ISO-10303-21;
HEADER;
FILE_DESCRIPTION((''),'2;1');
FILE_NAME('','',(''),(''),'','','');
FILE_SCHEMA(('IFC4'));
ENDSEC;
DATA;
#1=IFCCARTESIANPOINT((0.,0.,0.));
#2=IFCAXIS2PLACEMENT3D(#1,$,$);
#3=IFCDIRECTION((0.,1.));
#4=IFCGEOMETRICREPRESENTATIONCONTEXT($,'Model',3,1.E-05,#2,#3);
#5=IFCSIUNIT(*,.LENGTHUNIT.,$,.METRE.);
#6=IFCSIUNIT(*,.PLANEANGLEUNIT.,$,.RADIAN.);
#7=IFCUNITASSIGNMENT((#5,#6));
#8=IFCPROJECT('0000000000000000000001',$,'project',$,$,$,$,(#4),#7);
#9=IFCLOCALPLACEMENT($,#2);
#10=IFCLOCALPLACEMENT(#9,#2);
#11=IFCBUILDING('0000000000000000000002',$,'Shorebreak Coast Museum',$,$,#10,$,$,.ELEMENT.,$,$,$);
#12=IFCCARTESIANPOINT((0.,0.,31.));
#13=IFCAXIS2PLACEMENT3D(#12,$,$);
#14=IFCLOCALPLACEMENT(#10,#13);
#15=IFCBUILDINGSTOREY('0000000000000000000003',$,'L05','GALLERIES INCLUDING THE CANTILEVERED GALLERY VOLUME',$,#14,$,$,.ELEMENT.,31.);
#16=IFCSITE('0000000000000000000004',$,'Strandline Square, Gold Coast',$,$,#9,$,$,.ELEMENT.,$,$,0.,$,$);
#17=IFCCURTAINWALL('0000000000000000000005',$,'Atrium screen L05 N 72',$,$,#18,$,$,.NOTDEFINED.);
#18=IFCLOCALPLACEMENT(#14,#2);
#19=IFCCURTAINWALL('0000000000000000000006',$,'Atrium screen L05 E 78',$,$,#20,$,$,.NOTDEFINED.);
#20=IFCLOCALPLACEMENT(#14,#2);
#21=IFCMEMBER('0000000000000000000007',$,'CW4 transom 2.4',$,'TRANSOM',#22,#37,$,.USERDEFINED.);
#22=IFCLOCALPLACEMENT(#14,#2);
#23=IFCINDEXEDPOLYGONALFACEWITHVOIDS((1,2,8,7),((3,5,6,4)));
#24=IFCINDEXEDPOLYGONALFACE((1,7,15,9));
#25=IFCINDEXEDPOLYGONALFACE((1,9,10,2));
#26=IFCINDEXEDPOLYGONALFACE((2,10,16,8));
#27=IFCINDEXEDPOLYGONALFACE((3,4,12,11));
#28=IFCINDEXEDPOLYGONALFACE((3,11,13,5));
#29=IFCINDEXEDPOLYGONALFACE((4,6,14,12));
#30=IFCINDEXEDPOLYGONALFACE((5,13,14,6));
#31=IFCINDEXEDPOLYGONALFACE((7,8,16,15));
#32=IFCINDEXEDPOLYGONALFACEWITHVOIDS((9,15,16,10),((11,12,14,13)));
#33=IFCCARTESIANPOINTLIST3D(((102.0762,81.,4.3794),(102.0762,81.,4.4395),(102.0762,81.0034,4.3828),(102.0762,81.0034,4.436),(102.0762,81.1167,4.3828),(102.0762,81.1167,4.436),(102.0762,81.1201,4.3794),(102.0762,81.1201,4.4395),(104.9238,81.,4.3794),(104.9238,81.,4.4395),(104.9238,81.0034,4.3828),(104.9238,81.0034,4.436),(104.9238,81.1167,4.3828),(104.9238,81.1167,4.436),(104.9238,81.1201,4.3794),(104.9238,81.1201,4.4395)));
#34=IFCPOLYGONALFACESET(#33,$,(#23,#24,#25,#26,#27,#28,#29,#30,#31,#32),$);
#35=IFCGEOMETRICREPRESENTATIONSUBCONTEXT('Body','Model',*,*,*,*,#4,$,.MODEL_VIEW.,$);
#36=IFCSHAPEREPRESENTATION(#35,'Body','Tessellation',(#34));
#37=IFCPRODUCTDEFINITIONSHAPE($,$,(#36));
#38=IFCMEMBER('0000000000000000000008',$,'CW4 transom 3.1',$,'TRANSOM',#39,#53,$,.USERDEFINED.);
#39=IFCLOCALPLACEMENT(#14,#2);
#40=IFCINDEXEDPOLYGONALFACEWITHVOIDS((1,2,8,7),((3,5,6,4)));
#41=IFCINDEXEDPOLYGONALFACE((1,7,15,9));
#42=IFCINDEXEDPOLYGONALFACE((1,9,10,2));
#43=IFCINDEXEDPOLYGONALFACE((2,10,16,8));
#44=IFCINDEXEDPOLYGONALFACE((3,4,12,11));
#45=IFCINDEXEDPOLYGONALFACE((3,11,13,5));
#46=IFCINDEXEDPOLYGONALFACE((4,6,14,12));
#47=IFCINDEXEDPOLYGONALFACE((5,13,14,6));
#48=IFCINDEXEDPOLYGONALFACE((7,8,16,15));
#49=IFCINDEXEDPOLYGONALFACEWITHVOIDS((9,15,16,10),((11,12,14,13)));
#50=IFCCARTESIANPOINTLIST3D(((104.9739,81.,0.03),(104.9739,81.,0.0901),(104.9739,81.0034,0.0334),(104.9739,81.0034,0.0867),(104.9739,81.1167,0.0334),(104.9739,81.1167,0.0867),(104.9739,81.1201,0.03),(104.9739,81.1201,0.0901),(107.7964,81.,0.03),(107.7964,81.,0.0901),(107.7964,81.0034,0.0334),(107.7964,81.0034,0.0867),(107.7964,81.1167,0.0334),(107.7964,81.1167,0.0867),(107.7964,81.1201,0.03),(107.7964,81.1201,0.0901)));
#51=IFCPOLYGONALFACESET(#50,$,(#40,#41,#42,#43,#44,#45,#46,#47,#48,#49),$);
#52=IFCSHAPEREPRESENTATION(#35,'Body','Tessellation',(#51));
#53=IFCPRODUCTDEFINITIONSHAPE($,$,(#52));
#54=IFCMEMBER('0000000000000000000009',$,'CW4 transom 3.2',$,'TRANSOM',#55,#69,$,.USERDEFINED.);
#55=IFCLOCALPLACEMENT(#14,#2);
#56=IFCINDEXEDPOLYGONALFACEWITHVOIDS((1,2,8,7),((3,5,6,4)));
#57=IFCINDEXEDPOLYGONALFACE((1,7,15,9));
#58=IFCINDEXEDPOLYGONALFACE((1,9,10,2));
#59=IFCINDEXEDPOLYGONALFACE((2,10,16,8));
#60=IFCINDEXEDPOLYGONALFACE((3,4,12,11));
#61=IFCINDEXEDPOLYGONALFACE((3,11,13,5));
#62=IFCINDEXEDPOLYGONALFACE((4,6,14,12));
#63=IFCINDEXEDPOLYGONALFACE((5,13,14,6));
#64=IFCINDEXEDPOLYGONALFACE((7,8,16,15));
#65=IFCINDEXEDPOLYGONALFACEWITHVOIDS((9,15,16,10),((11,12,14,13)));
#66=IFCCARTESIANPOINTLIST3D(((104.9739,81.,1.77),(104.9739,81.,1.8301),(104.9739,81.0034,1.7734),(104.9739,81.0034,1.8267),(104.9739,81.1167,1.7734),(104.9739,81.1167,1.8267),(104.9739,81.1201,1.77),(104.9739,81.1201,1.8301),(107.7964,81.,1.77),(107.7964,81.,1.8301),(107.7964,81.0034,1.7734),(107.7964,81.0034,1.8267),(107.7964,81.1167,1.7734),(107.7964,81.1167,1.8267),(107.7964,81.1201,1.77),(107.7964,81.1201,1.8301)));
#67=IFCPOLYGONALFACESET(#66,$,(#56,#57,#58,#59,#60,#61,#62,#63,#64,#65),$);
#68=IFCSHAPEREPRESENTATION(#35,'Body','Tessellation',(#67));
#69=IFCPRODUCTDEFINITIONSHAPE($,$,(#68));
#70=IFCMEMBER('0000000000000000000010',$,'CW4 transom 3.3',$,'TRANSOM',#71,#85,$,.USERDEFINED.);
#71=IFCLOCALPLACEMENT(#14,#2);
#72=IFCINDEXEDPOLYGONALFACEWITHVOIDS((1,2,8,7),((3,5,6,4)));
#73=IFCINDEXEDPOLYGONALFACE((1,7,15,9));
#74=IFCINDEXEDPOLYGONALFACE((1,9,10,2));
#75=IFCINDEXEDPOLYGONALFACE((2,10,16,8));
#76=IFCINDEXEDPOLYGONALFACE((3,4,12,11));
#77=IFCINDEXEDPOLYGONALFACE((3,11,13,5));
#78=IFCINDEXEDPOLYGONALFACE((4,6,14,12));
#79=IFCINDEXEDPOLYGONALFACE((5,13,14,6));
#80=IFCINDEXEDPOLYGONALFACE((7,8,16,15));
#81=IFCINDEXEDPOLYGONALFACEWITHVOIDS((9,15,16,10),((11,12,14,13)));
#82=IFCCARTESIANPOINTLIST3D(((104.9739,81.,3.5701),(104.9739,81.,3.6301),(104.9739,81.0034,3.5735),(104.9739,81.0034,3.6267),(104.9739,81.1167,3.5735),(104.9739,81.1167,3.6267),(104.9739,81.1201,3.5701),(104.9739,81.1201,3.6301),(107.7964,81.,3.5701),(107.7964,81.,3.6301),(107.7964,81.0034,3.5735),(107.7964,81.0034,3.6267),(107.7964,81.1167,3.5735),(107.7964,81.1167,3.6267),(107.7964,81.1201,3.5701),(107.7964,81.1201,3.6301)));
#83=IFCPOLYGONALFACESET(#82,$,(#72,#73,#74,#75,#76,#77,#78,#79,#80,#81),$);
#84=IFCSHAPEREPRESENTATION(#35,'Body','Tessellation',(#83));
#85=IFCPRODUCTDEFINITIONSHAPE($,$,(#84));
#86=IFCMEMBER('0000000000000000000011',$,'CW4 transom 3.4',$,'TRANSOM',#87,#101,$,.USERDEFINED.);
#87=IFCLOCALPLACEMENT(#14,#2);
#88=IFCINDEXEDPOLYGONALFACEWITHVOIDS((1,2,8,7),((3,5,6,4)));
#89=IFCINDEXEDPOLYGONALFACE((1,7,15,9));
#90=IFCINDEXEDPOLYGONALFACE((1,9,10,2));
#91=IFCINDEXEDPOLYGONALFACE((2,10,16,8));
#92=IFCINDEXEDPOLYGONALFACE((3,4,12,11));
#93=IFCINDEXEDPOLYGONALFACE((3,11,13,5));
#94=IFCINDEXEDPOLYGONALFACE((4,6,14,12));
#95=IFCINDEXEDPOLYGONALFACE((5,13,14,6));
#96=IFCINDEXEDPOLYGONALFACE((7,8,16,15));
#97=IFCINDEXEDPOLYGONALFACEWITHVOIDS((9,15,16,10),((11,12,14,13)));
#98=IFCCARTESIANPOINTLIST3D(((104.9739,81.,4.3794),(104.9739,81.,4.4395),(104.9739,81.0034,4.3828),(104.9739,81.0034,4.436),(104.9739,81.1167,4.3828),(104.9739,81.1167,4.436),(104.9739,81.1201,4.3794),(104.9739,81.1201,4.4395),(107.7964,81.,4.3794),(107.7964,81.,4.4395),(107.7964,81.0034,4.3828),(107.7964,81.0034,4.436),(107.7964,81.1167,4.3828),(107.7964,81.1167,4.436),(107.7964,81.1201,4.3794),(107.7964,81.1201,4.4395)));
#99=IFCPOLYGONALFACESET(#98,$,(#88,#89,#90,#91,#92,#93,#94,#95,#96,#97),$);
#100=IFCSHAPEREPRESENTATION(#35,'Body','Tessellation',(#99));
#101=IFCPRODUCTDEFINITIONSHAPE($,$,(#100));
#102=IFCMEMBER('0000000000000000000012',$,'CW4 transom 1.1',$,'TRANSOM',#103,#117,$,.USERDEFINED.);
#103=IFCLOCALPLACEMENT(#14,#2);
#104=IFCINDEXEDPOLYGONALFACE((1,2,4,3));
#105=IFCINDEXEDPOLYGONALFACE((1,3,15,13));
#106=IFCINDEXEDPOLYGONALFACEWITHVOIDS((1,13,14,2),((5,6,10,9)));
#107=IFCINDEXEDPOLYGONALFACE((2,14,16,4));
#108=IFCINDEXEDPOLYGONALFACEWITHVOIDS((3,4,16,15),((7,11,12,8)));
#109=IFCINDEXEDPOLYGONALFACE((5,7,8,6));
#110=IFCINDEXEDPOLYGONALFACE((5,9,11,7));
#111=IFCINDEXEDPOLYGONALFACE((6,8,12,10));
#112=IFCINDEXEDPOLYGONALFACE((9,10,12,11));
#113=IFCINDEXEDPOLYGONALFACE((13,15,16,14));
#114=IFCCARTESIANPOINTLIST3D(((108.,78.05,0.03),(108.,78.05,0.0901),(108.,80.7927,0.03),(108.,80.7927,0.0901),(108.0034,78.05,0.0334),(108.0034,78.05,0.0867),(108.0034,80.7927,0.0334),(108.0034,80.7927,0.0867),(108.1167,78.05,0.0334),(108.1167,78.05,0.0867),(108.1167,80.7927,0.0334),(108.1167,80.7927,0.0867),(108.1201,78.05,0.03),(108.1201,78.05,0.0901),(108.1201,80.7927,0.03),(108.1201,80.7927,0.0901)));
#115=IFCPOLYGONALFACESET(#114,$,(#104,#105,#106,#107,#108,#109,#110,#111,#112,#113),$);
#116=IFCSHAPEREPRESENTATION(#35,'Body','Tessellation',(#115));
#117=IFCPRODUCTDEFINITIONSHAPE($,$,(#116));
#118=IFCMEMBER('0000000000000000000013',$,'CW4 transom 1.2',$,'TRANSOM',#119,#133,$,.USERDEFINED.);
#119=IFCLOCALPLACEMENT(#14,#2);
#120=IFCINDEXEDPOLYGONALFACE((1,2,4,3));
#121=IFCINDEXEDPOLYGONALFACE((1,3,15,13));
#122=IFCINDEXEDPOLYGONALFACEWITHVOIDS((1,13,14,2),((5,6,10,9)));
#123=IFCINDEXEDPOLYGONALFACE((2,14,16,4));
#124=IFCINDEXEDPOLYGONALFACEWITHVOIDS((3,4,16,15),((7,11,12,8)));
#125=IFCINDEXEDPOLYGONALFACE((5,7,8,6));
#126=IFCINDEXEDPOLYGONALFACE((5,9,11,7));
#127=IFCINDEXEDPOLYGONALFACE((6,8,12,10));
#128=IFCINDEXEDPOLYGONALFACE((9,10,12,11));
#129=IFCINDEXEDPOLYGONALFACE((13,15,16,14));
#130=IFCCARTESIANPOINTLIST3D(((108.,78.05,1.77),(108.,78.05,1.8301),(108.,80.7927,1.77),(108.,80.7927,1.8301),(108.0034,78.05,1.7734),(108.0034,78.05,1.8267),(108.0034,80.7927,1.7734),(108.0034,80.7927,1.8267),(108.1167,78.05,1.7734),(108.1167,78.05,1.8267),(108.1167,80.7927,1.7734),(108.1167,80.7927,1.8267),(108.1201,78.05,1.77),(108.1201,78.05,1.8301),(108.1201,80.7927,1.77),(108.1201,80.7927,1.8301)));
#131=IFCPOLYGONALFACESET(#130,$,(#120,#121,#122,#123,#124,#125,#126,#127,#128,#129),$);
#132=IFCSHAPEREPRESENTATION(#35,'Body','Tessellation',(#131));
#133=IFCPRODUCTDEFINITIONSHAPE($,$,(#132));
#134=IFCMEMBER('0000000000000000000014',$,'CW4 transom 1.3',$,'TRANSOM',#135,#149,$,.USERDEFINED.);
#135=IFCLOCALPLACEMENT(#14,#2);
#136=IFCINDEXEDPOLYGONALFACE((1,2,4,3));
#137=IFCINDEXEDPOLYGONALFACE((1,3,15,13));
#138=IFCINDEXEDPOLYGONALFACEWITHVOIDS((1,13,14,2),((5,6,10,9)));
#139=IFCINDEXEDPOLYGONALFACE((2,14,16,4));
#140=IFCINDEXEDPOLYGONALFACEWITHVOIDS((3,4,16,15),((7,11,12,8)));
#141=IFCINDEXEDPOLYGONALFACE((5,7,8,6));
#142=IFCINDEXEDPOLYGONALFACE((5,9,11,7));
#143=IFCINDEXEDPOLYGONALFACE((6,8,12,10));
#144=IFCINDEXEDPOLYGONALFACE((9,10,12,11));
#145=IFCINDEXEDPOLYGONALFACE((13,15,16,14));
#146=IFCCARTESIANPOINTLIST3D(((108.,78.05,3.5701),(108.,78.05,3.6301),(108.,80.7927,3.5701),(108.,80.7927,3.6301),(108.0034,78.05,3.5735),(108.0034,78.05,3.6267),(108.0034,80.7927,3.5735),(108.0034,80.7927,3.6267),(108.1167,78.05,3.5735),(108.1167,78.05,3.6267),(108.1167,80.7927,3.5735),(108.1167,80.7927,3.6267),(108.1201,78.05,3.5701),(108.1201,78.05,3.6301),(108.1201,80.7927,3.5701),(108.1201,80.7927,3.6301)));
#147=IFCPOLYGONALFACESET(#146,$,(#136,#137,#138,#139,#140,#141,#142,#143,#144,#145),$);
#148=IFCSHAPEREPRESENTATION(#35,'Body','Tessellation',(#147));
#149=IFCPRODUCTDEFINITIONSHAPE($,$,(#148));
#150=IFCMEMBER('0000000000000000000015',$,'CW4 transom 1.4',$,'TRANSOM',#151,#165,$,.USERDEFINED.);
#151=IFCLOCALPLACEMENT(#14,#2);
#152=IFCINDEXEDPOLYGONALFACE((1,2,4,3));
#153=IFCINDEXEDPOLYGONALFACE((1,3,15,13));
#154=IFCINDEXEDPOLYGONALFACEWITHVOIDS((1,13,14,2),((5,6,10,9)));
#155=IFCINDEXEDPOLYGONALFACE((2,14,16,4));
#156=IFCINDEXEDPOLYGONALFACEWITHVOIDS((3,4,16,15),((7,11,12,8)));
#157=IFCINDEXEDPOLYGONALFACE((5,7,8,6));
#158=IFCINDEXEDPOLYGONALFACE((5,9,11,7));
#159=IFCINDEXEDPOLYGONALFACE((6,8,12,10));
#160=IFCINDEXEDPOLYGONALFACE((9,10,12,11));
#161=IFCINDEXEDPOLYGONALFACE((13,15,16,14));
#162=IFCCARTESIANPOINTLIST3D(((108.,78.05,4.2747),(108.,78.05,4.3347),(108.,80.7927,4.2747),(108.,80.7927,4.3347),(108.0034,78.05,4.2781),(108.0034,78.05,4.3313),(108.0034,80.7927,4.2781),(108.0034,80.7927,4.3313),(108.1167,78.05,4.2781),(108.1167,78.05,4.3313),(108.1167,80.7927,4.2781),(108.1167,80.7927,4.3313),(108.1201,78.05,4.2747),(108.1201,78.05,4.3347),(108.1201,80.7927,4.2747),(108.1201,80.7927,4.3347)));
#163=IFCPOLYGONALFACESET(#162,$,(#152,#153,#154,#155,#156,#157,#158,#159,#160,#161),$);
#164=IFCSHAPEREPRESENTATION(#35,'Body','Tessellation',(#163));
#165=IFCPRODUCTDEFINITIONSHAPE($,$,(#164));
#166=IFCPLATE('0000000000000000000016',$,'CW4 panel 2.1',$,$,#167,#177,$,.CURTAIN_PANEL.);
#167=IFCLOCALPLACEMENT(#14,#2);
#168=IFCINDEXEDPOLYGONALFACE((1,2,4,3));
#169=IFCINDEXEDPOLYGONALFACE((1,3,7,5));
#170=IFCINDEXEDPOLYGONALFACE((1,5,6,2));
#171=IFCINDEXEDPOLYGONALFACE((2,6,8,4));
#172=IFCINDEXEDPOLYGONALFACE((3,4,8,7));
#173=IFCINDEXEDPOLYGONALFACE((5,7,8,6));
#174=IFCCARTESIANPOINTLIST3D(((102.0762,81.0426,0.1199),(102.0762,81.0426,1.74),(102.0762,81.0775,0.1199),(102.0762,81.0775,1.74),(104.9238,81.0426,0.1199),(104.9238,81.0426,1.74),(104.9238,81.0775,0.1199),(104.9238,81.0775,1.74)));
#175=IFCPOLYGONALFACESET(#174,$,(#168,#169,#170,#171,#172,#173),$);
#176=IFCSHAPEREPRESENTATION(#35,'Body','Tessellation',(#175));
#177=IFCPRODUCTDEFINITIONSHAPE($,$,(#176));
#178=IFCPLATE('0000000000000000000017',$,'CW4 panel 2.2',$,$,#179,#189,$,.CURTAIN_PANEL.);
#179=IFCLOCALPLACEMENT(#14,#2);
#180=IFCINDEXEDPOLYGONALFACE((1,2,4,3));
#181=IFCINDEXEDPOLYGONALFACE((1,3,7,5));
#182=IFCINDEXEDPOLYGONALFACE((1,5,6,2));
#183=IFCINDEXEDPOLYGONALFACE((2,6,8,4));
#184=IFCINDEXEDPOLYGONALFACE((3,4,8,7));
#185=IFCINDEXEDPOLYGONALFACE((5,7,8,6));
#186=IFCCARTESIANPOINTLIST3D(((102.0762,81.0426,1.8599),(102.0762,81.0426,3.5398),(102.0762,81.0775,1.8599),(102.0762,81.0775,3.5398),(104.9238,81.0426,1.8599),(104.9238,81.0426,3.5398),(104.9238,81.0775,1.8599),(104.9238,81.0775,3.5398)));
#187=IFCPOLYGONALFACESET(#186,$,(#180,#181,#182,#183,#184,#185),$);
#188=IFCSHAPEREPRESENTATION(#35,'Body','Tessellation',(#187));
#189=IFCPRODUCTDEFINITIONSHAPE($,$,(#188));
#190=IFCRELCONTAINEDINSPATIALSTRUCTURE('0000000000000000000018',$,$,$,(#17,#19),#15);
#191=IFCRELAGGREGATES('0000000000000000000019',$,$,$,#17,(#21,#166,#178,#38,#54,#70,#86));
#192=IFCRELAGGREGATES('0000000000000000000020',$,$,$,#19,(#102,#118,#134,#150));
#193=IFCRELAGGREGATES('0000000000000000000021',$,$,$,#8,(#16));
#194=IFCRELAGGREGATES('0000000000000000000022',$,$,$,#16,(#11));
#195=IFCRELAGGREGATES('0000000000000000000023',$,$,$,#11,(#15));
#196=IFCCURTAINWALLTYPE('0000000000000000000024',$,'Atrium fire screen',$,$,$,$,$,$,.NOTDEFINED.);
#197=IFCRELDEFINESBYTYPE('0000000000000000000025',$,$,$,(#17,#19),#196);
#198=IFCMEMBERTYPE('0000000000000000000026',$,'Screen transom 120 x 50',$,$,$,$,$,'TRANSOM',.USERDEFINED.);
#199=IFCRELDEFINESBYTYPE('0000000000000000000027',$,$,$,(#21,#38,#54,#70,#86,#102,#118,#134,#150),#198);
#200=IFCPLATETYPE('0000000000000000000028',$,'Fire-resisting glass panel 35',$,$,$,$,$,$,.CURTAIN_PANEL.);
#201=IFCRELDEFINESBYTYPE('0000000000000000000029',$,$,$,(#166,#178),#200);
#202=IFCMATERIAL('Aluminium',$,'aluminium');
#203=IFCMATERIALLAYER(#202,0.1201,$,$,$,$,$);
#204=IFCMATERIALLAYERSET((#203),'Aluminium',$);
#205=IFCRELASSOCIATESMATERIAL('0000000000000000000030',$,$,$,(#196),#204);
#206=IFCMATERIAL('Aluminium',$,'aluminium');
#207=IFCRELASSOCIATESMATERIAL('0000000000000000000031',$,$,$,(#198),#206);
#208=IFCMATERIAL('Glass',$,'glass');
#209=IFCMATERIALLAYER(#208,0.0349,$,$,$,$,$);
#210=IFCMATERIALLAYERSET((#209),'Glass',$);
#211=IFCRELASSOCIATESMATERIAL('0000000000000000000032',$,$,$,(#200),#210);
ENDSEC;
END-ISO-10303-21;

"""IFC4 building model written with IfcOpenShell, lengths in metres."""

from ifc_helpers import new_model, si_unit, direction, frame, origin, origin_2d, place, context, subcontext, project, spatial, rectangle, hollow_rectangle, extrude, material, layer, layer_set, material_profile, profile_set, type_object, element, aggregate, save


model = new_model("IFC4")

# Units and contexts
model_context = context("Model", 3, precision=1e-05, world=origin(), true_north=direction((0.0, 1.0)))
body_context = subcontext(model_context, "Body", "Model", "MODEL_VIEW")
ifc_project = project(units=[si_unit("LENGTHUNIT", "METRE"), si_unit("PLANEANGLEUNIT", "RADIAN")], contexts=[model_context])

# Site, building, storey
site_placement = place(None, origin())
site = spatial("IfcSite", under=ifc_project, at=site_placement, Name="Strandline Square, Gold Coast", CompositionType="ELEMENT", RefElevation=0.0)
building_placement = place(site_placement, origin())
building = spatial("IfcBuilding", under=site, at=building_placement, Name="Shorebreak Coast Museum", CompositionType="ELEMENT")
storey_placement = place(building_placement, frame((0.0, 0.0, 31.0)))
storey = spatial("IfcBuildingStorey", under=building, at=storey_placement, Name="L05", Description="GALLERIES INCLUDING THE CANTILEVERED GALLERY VOLUME", CompositionType="ELEMENT", Elevation=31.0)

# Curtain wall
ifc_material_1 = material(Name="Aluminium", Category="aluminium")
ifc_layer_1 = layer(ifc_material_1, 0.1201)
ifc_layer_set_1 = layer_set([ifc_layer_1], Name="Aluminium")
curtain_wall_type = type_object("IfcCurtainWallType", Name="Atrium fire screen", PredefinedType="NOTDEFINED", material=ifc_layer_set_1)
curtain_wall_1_placement = place(storey_placement, origin())
curtain_wall_1 = element("IfcCurtainWall", 1, at=curtain_wall_1_placement, inside=storey, type_object=curtain_wall_type, Name="Atrium screen L05 N 72", PredefinedType="NOTDEFINED")

# Curtain wall
curtain_wall_2_placement = place(storey_placement, origin())
curtain_wall_2 = element("IfcCurtainWall", 2, at=curtain_wall_2_placement, inside=storey, type_object=curtain_wall_type, Name="Atrium screen L05 E 78", PredefinedType="NOTDEFINED")

# Members
ifc_material_2 = material(Name="Aluminium", Category="aluminium")
ifc_material_profile_1 = material_profile(ifc_material_2, hollow_rectangle(XDim=0.1201, YDim=0.0601, WallThickness=0.0034, at=origin_2d()), Name="AL 60x120 RHS")
ifc_profile_set_1 = profile_set([ifc_material_profile_1], Name="Aluminium")
member_type_1 = type_object("IfcMemberType", Name="Screen transom 120 x 50", ElementType="TRANSOM", PredefinedType="USERDEFINED", material=ifc_profile_set_1)
member_1_placement = place(storey_placement, frame((102.0762, 81.0601, 4.4094), z_axis=(1.0, 0.0, 0.0), x_axis=(0.0, 1.0, 0.0)))
member_1 = element("IfcMember", 3, at=member_1_placement, type_object=member_type_1, Name="CW4 transom 2.4", ObjectType="TRANSOM", PredefinedType="USERDEFINED", context=body_context, shape_type="SweptSolid", body=[
    extrude(hollow_rectangle(XDim=0.1201, YDim=0.0601, WallThickness=0.0034, at=origin_2d()), origin(), (0.0, 0.0, 1.0), 2.8477),
])
member_2_placement = place(storey_placement, frame((104.9739, 81.0601, 0.0601), z_axis=(1.0, 0.0, 0.0), x_axis=(0.0, 1.0, 0.0)))
member_2 = element("IfcMember", 4, at=member_2_placement, type_object=member_type_1, Name="CW4 transom 3.1", ObjectType="TRANSOM", PredefinedType="USERDEFINED", context=body_context, shape_type="SweptSolid", body=[
    extrude(hollow_rectangle(XDim=0.1201, YDim=0.0601, WallThickness=0.0034, at=origin_2d()), origin(), (0.0, 0.0, 1.0), 2.8225),
])
member_3_placement = place(storey_placement, frame((104.9739, 81.0601, 1.8), z_axis=(1.0, 0.0, 0.0), x_axis=(0.0, 1.0, 0.0)))
member_3 = element("IfcMember", 5, at=member_3_placement, type_object=member_type_1, Name="CW4 transom 3.2", ObjectType="TRANSOM", PredefinedType="USERDEFINED", context=body_context, shape_type="SweptSolid", body=[
    extrude(hollow_rectangle(XDim=0.1201, YDim=0.0601, WallThickness=0.0034, at=origin_2d()), origin(), (0.0, 0.0, 1.0), 2.8225),
])
member_4_placement = place(storey_placement, frame((104.9739, 81.0601, 3.6001), z_axis=(1.0, 0.0, 0.0), x_axis=(0.0, 1.0, 0.0)))
member_4 = element("IfcMember", 6, at=member_4_placement, type_object=member_type_1, Name="CW4 transom 3.3", ObjectType="TRANSOM", PredefinedType="USERDEFINED", context=body_context, shape_type="SweptSolid", body=[
    extrude(hollow_rectangle(XDim=0.1201, YDim=0.0601, WallThickness=0.0034, at=origin_2d()), origin(), (0.0, 0.0, 1.0), 2.8225),
])
member_5_placement = place(storey_placement, frame((104.9739, 81.0601, 4.4094), z_axis=(1.0, 0.0, 0.0), x_axis=(0.0, 1.0, 0.0)))
member_5 = element("IfcMember", 7, at=member_5_placement, type_object=member_type_1, Name="CW4 transom 3.4", ObjectType="TRANSOM", PredefinedType="USERDEFINED", context=body_context, shape_type="SweptSolid", body=[
    extrude(hollow_rectangle(XDim=0.1201, YDim=0.0601, WallThickness=0.0034, at=origin_2d()), origin(), (0.0, 0.0, 1.0), 2.8225),
])
member_6_placement = place(storey_placement, frame((108.0601, 78.05, 0.0601), z_axis=(0.0, 1.0, 0.0), x_axis=(-1.0, 0.0, 0.0)))
member_6 = element("IfcMember", 8, at=member_6_placement, type_object=member_type_1, Name="CW4 transom 1.1", ObjectType="TRANSOM", PredefinedType="USERDEFINED", context=body_context, shape_type="SweptSolid", body=[
    extrude(hollow_rectangle(XDim=0.1201, YDim=0.0601, WallThickness=0.0034, at=origin_2d()), origin(), (0.0, 0.0, 1.0), 2.7427),
])
member_7_placement = place(storey_placement, frame((108.0601, 78.05, 1.8), z_axis=(0.0, 1.0, 0.0), x_axis=(-1.0, 0.0, 0.0)))
member_7 = element("IfcMember", 9, at=member_7_placement, type_object=member_type_1, Name="CW4 transom 1.2", ObjectType="TRANSOM", PredefinedType="USERDEFINED", context=body_context, shape_type="SweptSolid", body=[
    extrude(hollow_rectangle(XDim=0.1201, YDim=0.0601, WallThickness=0.0034, at=origin_2d()), origin(), (0.0, 0.0, 1.0), 2.7427),
])
member_8_placement = place(storey_placement, frame((108.0601, 78.05, 3.6001), z_axis=(0.0, 1.0, 0.0), x_axis=(-1.0, 0.0, 0.0)))
member_8 = element("IfcMember", 10, at=member_8_placement, type_object=member_type_1, Name="CW4 transom 1.3", ObjectType="TRANSOM", PredefinedType="USERDEFINED", context=body_context, shape_type="SweptSolid", body=[
    extrude(hollow_rectangle(XDim=0.1201, YDim=0.0601, WallThickness=0.0034, at=origin_2d()), origin(), (0.0, 0.0, 1.0), 2.7427),
])
member_9_placement = place(storey_placement, frame((108.0601, 78.05, 4.3047), z_axis=(0.0, 1.0, 0.0), x_axis=(-1.0, 0.0, 0.0)))
member_9 = element("IfcMember", 11, at=member_9_placement, type_object=member_type_1, Name="CW4 transom 1.4", ObjectType="TRANSOM", PredefinedType="USERDEFINED", context=body_context, shape_type="SweptSolid", body=[
    extrude(hollow_rectangle(XDim=0.1201, YDim=0.0601, WallThickness=0.0034, at=origin_2d()), origin(), (0.0, 0.0, 1.0), 2.7427),
])

# Plates
ifc_material_3 = material(Name="Glass", Category="glass")
ifc_layer_2 = layer(ifc_material_3, 0.0349)
ifc_layer_set_2 = layer_set([ifc_layer_2], Name="Glass")
plate_type = type_object("IfcPlateType", Name="Fire-resisting glass panel 35", PredefinedType="CURTAIN_PANEL", material=ifc_layer_set_2)
plate_1_placement = place(storey_placement, frame((103.5, 81.0601, 0.1199), z_axis=(0.0, 0.0, 1.0), x_axis=(1.0, 0.0, 0.0)))
plate_1 = element("IfcPlate", 12, at=plate_1_placement, type_object=plate_type, Name="CW4 panel 2.1", PredefinedType="CURTAIN_PANEL", context=body_context, shape_type="SweptSolid", body=[
    extrude(rectangle(XDim=2.8477, YDim=0.0349, at=origin_2d()), origin(), (0.0, 0.0, 1.0), 1.6201),
])
plate_2_placement = place(storey_placement, frame((103.5, 81.0601, 1.8599), z_axis=(0.0, 0.0, 1.0), x_axis=(1.0, 0.0, 0.0)))
plate_2 = element("IfcPlate", 13, at=plate_2_placement, type_object=plate_type, Name="CW4 panel 2.2", PredefinedType="CURTAIN_PANEL", context=body_context, shape_type="SweptSolid", body=[
    extrude(rectangle(XDim=2.8477, YDim=0.0349, at=origin_2d()), origin(), (0.0, 0.0, 1.0), 1.6799),
])
aggregate(curtain_wall_1, [member_1, plate_1, plate_2, member_2, member_3, member_4, member_5])
aggregate(curtain_wall_2, [member_6, member_7, member_8, member_9])

save(model, "model.ifc")
